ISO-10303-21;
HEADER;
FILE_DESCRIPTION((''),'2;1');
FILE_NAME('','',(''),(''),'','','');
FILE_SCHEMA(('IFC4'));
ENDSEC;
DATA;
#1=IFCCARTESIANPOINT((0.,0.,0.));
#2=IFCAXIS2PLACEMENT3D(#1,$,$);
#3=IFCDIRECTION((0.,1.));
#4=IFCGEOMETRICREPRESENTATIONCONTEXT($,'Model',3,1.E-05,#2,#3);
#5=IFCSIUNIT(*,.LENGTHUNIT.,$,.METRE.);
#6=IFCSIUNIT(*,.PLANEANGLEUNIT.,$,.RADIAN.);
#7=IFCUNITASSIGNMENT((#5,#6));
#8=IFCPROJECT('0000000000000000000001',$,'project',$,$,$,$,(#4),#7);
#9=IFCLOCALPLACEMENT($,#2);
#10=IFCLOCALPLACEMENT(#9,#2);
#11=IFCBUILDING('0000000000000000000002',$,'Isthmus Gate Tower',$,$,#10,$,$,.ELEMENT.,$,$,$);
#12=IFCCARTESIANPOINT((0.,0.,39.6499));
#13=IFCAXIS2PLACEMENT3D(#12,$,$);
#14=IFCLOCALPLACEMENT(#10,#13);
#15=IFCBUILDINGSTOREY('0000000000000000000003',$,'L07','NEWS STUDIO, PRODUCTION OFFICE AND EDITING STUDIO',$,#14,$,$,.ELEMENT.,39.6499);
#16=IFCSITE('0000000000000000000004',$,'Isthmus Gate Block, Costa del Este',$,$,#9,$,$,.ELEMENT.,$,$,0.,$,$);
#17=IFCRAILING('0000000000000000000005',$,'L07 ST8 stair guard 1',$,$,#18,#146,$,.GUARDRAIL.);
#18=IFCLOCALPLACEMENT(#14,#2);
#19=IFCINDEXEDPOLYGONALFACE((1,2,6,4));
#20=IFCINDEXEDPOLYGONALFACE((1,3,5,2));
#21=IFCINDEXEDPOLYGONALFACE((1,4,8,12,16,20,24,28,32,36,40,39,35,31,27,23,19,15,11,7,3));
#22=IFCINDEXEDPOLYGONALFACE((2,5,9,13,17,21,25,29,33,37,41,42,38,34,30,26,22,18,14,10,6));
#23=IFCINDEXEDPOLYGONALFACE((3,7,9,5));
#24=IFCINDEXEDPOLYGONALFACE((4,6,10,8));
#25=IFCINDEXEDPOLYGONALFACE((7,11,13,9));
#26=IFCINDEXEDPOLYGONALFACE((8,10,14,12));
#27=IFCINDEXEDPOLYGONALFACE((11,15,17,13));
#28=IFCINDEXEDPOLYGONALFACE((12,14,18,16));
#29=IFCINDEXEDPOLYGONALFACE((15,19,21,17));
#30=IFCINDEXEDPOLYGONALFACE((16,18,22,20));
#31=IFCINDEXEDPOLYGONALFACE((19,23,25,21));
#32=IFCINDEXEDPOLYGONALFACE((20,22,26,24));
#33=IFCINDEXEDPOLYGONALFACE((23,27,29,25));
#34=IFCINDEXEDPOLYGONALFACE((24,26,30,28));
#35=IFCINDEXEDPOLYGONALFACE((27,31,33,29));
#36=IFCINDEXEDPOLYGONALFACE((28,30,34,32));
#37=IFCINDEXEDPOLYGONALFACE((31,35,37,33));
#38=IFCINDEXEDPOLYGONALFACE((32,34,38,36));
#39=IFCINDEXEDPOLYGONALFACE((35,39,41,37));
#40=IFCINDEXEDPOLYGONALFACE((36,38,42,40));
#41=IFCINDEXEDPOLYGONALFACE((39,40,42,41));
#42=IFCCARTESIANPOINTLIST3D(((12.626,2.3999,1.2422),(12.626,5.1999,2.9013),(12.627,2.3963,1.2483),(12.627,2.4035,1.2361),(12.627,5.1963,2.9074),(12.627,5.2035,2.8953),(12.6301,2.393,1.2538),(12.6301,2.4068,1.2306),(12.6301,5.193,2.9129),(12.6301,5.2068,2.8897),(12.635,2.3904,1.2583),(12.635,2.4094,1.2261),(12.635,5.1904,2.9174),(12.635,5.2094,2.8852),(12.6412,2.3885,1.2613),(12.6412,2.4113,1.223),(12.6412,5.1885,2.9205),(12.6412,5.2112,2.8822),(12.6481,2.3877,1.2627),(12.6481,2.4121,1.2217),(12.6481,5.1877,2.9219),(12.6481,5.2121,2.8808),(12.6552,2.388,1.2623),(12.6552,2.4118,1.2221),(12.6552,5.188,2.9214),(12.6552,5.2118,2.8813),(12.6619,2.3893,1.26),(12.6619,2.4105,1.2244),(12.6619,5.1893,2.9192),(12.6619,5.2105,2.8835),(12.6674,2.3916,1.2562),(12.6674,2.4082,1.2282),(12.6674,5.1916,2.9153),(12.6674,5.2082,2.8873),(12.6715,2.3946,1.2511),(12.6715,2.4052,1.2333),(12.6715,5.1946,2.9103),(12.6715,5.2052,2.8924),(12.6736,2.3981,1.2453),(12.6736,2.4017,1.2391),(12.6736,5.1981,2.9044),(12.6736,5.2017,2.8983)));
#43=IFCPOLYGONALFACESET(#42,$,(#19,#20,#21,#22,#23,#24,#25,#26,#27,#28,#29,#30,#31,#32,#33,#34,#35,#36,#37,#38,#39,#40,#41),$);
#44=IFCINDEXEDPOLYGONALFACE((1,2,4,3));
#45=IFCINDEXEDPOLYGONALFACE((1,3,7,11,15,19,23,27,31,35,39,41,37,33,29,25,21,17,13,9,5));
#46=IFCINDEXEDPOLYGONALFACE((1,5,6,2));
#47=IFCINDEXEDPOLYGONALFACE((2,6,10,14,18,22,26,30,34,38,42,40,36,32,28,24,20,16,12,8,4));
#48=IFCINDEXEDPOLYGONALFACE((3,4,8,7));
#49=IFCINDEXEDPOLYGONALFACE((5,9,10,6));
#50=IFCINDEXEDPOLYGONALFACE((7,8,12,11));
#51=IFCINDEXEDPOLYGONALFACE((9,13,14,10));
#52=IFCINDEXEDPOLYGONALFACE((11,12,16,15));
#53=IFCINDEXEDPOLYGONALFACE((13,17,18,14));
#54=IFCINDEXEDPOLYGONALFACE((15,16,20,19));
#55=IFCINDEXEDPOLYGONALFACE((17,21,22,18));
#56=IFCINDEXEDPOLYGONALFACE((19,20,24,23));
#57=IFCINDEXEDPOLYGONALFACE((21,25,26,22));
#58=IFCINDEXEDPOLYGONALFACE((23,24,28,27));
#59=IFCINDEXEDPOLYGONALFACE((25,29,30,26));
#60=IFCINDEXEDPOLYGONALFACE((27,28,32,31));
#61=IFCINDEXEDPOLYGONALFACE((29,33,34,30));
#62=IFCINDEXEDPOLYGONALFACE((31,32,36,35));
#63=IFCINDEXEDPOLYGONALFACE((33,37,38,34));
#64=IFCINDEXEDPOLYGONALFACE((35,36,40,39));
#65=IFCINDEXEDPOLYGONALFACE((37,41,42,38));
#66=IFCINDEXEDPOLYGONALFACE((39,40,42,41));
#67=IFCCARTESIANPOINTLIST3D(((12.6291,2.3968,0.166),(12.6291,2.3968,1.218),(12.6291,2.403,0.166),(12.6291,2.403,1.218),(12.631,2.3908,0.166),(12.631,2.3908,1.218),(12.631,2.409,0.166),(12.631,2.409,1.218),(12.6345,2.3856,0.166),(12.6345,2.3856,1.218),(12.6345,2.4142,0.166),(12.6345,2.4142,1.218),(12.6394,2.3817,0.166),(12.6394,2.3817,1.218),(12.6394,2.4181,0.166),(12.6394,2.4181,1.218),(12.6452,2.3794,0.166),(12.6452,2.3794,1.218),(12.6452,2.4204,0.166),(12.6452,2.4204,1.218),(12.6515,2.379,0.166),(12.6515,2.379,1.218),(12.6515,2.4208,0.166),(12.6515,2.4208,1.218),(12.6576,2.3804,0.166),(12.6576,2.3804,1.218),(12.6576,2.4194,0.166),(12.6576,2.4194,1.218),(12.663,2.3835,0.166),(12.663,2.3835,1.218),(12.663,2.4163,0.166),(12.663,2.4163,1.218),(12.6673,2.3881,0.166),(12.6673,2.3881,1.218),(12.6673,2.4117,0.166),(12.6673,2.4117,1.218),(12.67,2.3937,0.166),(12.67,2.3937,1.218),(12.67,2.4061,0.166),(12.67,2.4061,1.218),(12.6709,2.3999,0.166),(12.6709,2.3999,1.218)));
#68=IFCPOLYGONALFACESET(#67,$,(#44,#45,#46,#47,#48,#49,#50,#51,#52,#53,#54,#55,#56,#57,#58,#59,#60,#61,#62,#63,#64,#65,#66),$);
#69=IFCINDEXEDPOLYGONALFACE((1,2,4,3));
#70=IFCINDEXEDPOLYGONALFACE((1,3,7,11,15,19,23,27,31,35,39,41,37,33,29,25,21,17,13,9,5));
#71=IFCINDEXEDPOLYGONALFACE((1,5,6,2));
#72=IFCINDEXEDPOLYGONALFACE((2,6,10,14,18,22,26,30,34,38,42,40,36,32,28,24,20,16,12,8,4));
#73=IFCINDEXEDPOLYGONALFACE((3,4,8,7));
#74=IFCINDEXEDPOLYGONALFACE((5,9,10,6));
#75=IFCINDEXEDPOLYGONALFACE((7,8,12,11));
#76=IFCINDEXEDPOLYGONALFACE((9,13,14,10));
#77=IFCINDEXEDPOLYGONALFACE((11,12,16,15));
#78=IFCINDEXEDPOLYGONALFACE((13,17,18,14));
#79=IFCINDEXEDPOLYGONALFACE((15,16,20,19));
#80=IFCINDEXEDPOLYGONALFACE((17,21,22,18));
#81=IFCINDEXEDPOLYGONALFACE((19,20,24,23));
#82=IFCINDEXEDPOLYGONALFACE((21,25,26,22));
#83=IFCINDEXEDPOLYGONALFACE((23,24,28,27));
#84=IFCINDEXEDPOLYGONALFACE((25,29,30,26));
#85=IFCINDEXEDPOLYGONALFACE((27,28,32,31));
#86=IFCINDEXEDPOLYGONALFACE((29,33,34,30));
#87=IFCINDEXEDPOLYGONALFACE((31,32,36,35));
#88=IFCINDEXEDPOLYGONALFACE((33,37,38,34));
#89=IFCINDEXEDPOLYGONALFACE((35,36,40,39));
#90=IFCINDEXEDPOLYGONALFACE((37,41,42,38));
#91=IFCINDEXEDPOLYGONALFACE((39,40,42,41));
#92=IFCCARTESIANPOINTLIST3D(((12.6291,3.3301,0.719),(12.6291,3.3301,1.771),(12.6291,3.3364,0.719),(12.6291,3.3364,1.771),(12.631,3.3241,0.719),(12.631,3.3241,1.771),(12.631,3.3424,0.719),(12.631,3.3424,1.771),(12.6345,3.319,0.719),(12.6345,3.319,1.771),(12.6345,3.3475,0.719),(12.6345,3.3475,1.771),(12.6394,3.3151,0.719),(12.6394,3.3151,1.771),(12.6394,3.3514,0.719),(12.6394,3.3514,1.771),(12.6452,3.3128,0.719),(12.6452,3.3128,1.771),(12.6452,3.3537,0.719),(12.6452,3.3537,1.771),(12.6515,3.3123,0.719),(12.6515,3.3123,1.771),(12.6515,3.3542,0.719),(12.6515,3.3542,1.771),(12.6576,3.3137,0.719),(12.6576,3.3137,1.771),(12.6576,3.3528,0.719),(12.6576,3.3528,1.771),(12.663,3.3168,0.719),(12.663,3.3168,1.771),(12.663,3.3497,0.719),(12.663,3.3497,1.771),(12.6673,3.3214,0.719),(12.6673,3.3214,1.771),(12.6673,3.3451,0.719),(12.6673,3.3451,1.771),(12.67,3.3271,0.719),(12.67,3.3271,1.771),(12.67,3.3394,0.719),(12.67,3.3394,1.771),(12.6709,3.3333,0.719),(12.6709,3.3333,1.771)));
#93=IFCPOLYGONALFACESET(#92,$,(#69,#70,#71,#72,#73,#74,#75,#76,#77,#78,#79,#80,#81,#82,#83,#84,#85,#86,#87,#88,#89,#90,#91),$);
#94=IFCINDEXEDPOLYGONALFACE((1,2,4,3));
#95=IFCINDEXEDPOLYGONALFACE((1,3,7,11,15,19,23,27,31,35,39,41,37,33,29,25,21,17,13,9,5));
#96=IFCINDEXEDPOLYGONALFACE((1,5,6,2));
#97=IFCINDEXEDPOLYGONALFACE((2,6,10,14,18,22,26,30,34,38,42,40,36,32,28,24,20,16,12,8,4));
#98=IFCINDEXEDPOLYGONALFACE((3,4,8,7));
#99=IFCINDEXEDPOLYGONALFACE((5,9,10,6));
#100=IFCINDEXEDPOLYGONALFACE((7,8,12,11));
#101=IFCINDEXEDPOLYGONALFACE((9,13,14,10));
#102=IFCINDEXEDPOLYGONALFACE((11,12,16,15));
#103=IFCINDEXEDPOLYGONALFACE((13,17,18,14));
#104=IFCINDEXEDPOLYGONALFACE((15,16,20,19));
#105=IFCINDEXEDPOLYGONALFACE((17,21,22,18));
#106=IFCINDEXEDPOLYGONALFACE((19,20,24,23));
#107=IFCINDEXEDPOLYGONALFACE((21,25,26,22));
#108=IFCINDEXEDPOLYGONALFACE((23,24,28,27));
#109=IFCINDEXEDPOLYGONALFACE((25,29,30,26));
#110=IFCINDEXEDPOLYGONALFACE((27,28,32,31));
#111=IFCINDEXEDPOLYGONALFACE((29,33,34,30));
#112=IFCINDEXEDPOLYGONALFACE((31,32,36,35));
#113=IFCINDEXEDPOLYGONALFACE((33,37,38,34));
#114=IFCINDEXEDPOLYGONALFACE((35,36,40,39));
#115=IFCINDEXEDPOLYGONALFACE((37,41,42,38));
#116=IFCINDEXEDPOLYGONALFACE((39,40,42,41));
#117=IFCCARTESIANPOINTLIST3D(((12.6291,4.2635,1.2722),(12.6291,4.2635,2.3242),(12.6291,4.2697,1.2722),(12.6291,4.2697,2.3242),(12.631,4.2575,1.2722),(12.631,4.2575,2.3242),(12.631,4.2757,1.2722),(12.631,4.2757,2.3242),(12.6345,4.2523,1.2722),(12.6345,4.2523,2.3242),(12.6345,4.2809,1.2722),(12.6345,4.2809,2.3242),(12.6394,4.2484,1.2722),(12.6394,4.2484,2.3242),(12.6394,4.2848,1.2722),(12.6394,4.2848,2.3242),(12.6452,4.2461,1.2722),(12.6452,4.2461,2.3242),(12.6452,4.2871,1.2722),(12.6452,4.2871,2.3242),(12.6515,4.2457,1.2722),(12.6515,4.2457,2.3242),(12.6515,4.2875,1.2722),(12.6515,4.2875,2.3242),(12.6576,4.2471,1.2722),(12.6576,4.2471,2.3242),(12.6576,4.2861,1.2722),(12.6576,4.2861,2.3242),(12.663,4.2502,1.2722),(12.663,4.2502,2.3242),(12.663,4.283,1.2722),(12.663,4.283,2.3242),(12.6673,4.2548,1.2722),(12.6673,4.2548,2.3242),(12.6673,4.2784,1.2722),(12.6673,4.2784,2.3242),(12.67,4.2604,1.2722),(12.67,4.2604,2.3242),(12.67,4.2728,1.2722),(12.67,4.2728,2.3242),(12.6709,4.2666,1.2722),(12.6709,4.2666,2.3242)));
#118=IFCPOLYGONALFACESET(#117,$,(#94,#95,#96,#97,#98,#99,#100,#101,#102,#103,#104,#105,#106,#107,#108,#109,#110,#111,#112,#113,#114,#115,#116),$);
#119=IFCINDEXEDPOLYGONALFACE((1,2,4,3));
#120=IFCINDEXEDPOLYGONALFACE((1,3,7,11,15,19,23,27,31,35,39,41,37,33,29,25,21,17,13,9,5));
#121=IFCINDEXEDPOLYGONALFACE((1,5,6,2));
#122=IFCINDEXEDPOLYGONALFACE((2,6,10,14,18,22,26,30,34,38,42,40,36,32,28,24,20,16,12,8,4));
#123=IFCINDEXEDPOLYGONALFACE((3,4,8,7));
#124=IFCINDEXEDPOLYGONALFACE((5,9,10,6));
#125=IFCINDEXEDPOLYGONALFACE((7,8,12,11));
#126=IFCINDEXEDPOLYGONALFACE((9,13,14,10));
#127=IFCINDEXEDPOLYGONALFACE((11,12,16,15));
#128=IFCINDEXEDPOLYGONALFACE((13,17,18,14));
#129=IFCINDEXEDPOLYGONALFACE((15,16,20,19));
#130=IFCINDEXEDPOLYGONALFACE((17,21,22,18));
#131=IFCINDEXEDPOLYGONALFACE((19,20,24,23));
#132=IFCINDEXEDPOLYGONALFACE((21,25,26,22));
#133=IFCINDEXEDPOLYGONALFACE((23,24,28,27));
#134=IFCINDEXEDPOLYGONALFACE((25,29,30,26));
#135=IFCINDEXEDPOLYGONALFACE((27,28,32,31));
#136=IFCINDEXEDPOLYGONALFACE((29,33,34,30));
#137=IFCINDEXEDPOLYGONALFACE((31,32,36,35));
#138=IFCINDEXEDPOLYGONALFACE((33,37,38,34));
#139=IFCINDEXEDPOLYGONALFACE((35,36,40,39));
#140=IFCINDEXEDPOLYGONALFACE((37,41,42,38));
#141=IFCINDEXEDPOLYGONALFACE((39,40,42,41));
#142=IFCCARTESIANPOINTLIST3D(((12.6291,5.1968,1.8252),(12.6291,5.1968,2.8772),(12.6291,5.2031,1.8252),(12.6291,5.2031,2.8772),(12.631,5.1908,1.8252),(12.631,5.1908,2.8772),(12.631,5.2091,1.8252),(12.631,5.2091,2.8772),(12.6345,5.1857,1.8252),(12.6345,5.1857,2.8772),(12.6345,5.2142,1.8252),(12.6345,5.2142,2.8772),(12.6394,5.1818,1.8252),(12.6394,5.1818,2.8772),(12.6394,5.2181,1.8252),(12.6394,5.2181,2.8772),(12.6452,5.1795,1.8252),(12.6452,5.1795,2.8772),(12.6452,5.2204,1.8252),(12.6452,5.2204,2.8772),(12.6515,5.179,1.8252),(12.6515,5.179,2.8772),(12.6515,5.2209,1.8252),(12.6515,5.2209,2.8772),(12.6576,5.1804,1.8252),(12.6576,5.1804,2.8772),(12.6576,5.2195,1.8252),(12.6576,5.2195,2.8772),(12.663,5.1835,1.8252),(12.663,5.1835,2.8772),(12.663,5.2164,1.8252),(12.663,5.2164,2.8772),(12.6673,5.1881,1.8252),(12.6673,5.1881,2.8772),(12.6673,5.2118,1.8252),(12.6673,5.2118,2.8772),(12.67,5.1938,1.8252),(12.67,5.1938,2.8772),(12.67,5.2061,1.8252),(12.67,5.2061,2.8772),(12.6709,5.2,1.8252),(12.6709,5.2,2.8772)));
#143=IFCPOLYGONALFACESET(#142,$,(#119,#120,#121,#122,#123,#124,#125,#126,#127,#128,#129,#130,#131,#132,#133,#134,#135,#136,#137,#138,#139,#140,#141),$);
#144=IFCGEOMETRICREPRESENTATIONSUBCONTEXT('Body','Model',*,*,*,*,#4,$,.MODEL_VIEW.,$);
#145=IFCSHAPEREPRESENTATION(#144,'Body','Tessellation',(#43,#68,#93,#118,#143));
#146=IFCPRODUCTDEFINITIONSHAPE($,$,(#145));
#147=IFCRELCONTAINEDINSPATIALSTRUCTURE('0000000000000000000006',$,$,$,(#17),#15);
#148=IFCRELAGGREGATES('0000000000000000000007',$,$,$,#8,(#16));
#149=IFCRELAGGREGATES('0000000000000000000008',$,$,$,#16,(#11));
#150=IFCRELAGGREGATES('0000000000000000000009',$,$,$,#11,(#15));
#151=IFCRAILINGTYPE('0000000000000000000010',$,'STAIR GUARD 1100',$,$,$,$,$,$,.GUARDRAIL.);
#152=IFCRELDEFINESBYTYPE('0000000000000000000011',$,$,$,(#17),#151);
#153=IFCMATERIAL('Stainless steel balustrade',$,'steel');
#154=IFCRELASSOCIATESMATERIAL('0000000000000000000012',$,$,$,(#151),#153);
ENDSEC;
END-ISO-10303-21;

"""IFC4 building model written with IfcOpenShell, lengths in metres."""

from ifc_helpers import new_model, si_unit, direction, frame, origin, origin_2d, place, context, subcontext, project, spatial, circle, extrude, material, type_object, element, save


model = new_model("IFC4")

# Units and contexts
model_context = context("Model", 3, precision=1e-05, world=origin(), true_north=direction((0.0, 1.0)))
body_context = subcontext(model_context, "Body", "Model", "MODEL_VIEW")
ifc_project = project(units=[si_unit("LENGTHUNIT", "METRE"), si_unit("PLANEANGLEUNIT", "RADIAN")], contexts=[model_context])

# Site, building, storey
site_placement = place(None, origin())
site = spatial("IfcSite", under=ifc_project, at=site_placement, Name="Isthmus Gate Block, Costa del Este", CompositionType="ELEMENT", RefElevation=0.0)
building_placement = place(site_placement, origin())
building = spatial("IfcBuilding", under=site, at=building_placement, Name="Isthmus Gate Tower", CompositionType="ELEMENT")
storey_placement = place(building_placement, frame((0.0, 0.0, 39.6499)))
storey = spatial("IfcBuildingStorey", under=building, at=storey_placement, Name="L07", Description="NEWS STUDIO, PRODUCTION OFFICE AND EDITING STUDIO", CompositionType="ELEMENT", Elevation=39.6499)

# Railing
ifc_material_1 = material(Name="Stainless steel balustrade", Category="steel")
railing_type_1 = type_object("IfcRailingType", Name="STAIR GUARD 1100", PredefinedType="GUARDRAIL", material=ifc_material_1)
railing_1_placement = place(storey_placement, frame((12.6499, 2.3999, 0.166)))
element("IfcRailing", 1, at=railing_1_placement, inside=storey, type_object=railing_type_1, Name="L07 ST8 stair guard 1", PredefinedType="GUARDRAIL", context=body_context, shape_type="SweptSolid", body=[
    extrude(circle(Radius=0.0239, at=origin_2d()), frame((0.0, 0.0, 1.0762), z_axis=(0.0, 0.860306, 0.509778), x_axis=(-1.0, 0.0, 0.0)), (0.0, 0.0, 1.0), 3.2546),
    extrude(circle(Radius=0.021, at=origin_2d()), origin(), (0.0, 0.0, 1.0), 1.052),
    extrude(circle(Radius=0.021, at=origin_2d()), frame((0.0, 0.9333, 0.553)), (0.0, 0.0, 1.0), 1.052),
    extrude(circle(Radius=0.021, at=origin_2d()), frame((0.0, 1.8667, 1.1062)), (0.0, 0.0, 1.0), 1.052),
    extrude(circle(Radius=0.021, at=origin_2d()), frame((0.0, 2.8, 1.6592)), (0.0, 0.0, 1.0), 1.052),
])

save(model, "model.ifc")
